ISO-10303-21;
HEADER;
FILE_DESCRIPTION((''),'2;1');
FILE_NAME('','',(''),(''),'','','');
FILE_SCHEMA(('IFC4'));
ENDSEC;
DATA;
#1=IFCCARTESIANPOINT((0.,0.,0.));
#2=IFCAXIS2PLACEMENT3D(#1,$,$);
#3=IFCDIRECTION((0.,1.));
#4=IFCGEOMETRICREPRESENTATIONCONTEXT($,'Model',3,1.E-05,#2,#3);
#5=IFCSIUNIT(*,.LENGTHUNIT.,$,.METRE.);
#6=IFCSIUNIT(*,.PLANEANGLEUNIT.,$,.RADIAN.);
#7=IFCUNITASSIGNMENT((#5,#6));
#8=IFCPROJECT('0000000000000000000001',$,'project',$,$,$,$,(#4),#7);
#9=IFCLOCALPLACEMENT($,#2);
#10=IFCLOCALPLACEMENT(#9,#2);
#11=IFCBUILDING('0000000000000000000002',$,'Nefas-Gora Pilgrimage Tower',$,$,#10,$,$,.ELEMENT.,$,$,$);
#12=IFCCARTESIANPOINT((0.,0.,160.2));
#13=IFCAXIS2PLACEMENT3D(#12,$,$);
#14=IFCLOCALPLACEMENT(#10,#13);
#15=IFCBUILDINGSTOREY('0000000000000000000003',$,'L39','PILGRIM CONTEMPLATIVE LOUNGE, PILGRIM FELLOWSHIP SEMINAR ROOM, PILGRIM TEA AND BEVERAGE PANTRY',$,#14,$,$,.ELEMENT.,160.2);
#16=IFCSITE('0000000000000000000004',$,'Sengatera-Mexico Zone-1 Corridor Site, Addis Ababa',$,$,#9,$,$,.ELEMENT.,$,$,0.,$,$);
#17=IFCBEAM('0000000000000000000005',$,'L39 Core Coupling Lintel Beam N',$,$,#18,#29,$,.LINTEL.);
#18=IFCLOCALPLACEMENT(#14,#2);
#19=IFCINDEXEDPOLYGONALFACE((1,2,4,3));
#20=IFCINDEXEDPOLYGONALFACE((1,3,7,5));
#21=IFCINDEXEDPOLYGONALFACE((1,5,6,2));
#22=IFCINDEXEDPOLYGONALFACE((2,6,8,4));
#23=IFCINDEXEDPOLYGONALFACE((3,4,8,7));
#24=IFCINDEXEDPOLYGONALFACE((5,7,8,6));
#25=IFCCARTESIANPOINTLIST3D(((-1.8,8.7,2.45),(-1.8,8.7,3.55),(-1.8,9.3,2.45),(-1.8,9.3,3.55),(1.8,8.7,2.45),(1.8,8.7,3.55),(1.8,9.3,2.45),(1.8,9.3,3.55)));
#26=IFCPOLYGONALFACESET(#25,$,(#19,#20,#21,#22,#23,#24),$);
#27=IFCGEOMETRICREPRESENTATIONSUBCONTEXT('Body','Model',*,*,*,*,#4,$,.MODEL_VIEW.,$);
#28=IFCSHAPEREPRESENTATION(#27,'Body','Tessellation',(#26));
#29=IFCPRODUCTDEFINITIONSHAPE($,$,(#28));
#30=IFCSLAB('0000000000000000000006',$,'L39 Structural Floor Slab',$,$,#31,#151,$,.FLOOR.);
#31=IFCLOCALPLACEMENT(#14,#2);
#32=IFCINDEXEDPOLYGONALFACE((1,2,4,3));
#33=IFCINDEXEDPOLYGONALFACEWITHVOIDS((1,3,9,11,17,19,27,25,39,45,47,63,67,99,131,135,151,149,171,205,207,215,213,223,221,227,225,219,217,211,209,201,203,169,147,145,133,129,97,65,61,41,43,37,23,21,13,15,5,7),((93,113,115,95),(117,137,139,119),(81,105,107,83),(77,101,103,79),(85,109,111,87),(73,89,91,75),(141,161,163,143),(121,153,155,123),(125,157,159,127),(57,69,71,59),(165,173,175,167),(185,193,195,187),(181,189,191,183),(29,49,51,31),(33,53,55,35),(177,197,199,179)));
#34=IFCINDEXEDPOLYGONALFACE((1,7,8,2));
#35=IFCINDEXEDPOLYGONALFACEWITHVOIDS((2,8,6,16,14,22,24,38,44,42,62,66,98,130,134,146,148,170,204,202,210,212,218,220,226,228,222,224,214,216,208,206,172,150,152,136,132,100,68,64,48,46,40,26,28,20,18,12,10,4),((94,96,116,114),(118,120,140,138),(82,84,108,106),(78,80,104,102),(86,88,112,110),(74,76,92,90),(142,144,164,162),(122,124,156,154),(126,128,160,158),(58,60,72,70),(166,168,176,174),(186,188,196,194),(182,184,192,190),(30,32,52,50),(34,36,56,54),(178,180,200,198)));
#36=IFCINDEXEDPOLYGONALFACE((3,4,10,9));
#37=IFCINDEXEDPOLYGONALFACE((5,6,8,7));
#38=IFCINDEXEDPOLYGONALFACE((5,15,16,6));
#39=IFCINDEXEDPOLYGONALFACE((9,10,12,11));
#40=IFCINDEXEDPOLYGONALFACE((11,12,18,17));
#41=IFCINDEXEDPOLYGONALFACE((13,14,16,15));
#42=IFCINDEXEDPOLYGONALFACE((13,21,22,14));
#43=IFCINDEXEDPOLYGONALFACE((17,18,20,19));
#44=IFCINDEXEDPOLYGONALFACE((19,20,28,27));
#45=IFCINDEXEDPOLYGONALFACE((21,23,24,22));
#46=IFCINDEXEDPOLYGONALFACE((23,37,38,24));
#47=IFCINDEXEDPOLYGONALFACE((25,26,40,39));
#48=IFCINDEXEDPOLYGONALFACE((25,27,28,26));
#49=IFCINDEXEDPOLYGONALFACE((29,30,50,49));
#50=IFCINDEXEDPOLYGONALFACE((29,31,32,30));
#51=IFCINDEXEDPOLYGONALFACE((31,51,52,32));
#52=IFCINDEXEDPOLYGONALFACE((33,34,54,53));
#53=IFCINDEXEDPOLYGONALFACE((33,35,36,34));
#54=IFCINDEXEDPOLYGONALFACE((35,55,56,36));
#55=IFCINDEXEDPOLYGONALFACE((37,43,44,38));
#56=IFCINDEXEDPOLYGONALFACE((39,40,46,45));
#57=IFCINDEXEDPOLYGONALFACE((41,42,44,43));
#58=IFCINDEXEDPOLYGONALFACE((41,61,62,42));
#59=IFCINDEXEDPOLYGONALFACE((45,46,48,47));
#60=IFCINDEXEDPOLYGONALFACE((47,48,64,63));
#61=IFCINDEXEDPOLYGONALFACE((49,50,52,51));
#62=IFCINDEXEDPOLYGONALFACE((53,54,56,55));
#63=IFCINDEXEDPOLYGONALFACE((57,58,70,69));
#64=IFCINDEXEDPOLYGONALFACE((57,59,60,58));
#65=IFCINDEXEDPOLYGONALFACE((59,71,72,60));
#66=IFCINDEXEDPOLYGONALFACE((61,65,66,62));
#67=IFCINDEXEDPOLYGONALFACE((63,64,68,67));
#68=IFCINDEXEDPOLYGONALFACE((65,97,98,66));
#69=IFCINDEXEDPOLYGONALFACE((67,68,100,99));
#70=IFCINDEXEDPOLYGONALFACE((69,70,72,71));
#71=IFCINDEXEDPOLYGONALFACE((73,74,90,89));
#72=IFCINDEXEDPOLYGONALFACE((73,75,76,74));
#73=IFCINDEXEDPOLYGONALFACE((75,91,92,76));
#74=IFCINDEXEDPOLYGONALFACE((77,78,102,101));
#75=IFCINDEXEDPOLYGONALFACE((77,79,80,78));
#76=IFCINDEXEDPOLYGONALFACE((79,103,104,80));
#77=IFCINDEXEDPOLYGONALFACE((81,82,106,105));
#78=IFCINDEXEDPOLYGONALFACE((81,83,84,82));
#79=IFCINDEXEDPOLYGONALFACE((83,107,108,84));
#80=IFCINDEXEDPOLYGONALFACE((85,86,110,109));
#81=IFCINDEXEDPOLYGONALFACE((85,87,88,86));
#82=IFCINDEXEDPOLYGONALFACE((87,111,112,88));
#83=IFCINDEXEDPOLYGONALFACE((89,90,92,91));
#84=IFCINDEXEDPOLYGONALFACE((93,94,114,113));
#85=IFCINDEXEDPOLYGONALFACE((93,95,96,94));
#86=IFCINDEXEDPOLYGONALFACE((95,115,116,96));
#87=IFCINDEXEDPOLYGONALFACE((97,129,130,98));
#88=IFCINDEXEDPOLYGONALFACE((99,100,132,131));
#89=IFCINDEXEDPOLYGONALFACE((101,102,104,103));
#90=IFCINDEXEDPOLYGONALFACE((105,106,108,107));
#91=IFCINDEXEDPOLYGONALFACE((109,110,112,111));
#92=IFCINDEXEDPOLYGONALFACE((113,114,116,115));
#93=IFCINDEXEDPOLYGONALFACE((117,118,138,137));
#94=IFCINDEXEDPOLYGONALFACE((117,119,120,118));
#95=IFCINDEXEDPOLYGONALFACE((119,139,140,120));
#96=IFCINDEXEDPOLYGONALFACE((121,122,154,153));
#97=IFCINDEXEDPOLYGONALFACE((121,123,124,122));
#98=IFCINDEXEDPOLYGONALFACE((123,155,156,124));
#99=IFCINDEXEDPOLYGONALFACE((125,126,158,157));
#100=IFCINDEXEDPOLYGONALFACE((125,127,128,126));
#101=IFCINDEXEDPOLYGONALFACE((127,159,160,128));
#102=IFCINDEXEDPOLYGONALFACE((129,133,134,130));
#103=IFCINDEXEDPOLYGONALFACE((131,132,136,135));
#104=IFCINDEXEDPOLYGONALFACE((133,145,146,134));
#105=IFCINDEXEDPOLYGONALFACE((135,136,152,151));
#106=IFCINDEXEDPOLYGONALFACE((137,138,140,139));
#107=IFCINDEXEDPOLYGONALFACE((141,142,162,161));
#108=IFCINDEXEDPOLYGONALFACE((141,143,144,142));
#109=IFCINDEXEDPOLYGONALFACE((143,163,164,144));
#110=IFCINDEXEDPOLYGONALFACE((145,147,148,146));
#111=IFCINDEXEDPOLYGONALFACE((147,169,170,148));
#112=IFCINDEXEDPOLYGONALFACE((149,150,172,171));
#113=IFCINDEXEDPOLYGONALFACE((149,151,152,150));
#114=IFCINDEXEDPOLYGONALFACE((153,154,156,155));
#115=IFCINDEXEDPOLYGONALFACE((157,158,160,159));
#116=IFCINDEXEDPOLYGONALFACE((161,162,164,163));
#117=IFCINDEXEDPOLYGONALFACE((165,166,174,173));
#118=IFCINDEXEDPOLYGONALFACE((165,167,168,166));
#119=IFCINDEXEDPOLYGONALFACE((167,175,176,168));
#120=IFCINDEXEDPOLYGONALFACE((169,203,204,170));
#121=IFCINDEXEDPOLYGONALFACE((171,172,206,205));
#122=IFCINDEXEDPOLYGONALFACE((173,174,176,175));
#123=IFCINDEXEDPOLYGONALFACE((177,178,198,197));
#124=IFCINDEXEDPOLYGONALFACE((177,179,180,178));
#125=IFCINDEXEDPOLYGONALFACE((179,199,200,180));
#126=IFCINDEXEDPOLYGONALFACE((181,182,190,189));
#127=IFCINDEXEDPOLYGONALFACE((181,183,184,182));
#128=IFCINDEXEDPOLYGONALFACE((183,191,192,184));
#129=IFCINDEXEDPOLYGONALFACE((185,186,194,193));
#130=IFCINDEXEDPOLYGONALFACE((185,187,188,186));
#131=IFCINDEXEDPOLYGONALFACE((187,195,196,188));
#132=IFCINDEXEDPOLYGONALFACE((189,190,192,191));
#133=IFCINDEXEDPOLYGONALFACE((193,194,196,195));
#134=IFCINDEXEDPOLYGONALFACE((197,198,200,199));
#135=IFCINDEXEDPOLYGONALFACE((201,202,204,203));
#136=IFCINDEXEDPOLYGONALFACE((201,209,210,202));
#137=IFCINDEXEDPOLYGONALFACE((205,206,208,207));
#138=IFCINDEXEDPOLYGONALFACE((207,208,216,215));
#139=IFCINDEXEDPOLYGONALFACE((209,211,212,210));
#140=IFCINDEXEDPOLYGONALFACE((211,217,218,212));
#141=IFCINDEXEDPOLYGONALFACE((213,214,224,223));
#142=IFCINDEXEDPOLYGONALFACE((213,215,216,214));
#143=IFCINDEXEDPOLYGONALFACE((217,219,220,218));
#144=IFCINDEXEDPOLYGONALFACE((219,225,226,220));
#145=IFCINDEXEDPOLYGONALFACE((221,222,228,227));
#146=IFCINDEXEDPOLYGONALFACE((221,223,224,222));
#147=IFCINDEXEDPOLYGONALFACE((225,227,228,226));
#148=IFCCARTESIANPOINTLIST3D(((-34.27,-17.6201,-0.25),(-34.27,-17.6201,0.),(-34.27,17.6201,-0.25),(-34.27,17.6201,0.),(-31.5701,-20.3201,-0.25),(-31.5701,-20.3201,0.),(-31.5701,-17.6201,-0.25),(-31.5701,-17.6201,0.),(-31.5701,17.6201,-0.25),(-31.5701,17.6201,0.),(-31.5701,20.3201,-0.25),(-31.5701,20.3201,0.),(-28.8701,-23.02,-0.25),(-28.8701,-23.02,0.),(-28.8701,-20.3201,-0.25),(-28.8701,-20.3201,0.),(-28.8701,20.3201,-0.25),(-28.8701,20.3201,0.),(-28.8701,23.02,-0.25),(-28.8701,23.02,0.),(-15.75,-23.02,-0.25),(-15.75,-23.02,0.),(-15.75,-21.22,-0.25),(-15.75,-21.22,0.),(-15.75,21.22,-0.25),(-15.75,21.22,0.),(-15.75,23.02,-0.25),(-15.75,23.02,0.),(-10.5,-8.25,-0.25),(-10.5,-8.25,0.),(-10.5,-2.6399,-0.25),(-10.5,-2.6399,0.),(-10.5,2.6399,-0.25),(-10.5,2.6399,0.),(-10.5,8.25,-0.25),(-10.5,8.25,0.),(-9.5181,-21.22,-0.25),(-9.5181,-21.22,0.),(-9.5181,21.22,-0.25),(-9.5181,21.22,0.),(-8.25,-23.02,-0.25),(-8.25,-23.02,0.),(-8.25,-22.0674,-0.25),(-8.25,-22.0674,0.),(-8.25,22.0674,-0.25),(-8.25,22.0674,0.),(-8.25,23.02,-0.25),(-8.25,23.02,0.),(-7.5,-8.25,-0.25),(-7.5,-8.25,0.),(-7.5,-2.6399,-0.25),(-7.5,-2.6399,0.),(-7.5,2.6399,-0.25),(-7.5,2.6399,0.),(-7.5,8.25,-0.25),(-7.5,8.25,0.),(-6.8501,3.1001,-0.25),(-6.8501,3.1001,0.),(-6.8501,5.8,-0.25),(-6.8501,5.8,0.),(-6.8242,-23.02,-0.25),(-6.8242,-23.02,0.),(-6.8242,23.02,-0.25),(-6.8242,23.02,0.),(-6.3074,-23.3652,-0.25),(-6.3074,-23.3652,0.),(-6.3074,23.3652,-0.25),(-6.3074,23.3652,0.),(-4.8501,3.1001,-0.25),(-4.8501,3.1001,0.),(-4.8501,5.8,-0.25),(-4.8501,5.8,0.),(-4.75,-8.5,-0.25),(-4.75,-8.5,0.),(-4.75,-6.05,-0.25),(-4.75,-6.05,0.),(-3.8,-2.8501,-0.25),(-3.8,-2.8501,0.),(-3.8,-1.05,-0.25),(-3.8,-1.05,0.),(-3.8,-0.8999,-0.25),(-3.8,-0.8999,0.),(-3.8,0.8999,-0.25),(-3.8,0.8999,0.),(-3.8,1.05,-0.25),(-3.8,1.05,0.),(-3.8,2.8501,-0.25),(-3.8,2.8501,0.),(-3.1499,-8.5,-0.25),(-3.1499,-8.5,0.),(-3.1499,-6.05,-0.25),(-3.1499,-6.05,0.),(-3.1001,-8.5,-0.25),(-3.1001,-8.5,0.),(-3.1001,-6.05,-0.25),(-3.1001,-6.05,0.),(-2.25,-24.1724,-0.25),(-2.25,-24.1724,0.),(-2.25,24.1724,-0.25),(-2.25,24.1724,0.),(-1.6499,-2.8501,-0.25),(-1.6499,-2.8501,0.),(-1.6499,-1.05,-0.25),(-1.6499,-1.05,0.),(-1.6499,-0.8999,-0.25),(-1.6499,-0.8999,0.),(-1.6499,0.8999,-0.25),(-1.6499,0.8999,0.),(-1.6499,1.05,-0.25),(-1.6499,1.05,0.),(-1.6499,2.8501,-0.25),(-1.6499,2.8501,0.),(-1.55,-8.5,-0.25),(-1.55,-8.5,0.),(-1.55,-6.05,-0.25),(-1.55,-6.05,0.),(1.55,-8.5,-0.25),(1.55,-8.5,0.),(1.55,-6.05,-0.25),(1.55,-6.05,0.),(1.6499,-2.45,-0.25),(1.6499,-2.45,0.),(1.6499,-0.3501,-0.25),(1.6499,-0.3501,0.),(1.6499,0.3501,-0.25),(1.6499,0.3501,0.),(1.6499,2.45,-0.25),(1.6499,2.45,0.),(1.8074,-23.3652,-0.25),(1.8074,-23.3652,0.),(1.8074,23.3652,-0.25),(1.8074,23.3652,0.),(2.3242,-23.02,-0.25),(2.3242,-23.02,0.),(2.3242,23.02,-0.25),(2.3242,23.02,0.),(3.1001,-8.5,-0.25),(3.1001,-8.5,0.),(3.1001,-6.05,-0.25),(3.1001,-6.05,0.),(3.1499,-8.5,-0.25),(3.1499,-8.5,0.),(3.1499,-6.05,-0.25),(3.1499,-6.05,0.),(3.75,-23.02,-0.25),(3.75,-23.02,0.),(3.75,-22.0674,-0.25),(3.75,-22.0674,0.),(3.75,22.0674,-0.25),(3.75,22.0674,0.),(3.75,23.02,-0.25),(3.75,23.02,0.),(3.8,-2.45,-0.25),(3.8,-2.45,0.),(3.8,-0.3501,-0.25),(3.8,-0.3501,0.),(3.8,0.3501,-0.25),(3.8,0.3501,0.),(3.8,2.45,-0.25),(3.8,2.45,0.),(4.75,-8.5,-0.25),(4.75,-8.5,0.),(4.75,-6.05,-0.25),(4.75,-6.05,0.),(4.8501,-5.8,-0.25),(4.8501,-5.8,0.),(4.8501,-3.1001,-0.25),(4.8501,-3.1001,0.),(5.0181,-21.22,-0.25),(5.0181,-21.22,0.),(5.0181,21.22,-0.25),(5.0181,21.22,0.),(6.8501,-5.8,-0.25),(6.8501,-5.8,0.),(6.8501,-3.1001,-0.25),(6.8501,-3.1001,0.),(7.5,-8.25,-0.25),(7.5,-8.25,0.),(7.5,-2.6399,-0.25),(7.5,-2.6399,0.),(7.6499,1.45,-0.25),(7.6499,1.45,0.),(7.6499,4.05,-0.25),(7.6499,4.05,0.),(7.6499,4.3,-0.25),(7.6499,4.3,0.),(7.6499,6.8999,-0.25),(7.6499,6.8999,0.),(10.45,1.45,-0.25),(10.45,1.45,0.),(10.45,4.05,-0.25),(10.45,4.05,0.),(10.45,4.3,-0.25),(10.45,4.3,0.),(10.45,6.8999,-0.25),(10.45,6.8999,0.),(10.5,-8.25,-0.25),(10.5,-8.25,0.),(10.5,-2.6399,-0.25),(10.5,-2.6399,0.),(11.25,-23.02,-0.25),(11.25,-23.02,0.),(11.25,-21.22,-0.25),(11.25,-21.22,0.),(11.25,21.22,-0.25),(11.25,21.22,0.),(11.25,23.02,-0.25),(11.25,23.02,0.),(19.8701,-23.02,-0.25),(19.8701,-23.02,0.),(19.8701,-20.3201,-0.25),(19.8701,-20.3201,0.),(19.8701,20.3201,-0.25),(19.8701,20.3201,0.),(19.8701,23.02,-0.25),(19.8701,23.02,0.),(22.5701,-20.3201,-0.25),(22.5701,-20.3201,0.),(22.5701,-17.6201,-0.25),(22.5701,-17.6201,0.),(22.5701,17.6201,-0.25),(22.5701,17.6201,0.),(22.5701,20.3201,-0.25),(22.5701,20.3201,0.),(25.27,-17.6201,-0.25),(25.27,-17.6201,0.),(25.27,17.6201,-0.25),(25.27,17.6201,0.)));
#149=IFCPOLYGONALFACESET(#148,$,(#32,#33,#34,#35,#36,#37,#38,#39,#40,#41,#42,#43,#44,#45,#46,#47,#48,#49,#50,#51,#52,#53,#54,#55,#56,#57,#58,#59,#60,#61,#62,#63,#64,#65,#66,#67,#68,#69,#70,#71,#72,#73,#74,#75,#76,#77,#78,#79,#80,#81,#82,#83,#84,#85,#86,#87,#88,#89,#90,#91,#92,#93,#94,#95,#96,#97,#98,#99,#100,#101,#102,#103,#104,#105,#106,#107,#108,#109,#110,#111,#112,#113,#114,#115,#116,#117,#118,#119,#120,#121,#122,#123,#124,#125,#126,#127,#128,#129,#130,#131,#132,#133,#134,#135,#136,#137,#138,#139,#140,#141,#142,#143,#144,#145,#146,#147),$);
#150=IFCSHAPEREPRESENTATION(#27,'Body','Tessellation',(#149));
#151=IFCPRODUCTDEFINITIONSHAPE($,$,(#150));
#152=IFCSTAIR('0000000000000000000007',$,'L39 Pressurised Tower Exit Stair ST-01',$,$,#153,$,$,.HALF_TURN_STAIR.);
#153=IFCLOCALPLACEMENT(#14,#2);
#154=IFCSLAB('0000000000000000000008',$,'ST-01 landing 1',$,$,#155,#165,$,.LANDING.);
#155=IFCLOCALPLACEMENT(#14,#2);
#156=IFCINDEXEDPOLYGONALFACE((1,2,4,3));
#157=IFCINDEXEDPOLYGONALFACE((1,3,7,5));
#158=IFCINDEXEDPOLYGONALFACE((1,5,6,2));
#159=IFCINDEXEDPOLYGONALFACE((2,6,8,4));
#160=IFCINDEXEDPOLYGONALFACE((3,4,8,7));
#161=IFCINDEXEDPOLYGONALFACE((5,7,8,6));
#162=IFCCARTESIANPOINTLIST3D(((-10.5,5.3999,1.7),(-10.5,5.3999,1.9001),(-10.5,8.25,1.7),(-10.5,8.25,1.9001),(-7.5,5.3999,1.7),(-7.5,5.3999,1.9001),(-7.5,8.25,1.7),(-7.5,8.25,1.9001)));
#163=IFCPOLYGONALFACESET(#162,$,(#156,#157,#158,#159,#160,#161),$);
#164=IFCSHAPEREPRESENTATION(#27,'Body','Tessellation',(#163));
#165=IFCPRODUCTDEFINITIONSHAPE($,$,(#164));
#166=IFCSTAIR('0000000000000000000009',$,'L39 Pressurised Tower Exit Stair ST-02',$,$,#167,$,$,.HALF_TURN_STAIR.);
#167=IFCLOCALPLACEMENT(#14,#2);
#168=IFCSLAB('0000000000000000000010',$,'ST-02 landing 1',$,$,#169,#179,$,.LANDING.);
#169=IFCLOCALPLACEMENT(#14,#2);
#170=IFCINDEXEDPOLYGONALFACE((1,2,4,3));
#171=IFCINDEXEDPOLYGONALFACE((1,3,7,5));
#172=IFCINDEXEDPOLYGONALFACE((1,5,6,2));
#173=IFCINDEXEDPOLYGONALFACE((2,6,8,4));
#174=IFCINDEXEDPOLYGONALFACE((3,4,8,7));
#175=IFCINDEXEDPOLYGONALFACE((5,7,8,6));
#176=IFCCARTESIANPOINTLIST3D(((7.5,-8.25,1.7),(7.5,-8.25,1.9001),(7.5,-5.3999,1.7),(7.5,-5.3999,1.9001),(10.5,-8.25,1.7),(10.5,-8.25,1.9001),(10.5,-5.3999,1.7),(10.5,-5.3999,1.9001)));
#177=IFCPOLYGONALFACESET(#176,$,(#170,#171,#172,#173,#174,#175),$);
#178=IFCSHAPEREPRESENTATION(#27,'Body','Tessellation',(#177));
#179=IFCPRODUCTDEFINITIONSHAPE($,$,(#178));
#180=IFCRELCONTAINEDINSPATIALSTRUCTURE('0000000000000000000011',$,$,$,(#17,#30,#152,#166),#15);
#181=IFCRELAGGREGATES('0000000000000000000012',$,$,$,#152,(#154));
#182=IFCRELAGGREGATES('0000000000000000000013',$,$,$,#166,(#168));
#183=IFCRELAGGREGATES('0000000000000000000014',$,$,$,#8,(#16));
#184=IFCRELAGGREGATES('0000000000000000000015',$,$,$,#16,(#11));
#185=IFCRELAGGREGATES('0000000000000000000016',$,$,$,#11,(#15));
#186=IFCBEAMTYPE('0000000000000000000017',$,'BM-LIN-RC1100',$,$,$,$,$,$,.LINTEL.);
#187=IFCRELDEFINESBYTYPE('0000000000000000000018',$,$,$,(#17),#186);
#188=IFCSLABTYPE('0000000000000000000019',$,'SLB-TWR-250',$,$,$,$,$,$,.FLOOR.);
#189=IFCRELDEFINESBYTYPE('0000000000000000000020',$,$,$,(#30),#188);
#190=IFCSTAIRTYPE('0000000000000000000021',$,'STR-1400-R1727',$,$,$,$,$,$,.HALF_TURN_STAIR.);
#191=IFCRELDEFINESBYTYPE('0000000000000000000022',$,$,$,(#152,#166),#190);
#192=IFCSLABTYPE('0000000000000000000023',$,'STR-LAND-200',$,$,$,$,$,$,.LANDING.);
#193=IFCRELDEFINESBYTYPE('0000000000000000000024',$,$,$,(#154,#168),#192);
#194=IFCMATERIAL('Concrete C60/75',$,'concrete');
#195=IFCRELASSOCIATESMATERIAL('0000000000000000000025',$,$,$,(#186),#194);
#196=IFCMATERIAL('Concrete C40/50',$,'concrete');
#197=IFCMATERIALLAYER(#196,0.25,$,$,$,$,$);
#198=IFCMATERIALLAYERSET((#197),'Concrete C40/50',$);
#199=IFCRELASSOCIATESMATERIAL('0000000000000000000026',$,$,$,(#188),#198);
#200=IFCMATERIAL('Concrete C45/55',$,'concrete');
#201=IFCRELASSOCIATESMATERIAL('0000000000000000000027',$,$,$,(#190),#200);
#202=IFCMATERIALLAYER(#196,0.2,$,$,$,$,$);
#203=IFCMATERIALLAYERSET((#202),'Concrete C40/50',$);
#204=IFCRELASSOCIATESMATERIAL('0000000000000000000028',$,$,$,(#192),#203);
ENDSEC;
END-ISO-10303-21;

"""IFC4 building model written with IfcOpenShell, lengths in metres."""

from ifc_helpers import new_model, si_unit, direction, frame, origin, origin_2d, place, context, subcontext, project, spatial, polyline, rectangle, outline, extrude, source, transform, mapped, material, layer, layer_set, material_profile, profile_set, type_object, element, aggregate, save


model = new_model("IFC4")

# Units and contexts
model_context = context("Model", 3, precision=1e-05, world=origin(), true_north=direction((0.0, 1.0)))
body_context = subcontext(model_context, "Body", "Model", "MODEL_VIEW")
ifc_project = project(units=[si_unit("LENGTHUNIT", "METRE"), si_unit("PLANEANGLEUNIT", "RADIAN")], contexts=[model_context])

# Site, building, storey
site_placement = place(None, origin())
site = spatial("IfcSite", under=ifc_project, at=site_placement, Name="Sengatera-Mexico Zone-1 Corridor Site, Addis Ababa", CompositionType="ELEMENT", RefElevation=0.0)
building_placement = place(site_placement, origin())
building = spatial("IfcBuilding", under=site, at=building_placement, Name="Nefas-Gora Pilgrimage Tower", CompositionType="ELEMENT")
storey_placement = place(building_placement, frame((0.0, 0.0, 160.2)))
storey = spatial("IfcBuildingStorey", under=building, at=storey_placement, Name="L39", Description="PILGRIM CONTEMPLATIVE LOUNGE, PILGRIM FELLOWSHIP SEMINAR ROOM, PILGRIM TEA AND BEVERAGE PANTRY", CompositionType="ELEMENT", Elevation=160.2)

# Beam
ifc_material_1 = material(Name="Concrete C60/75", Category="concrete")
ifc_material_profile = material_profile(ifc_material_1, rectangle(XDim=0.6001, YDim=1.1001, at=origin_2d()), Name="RC 600x1100")
ifc_profile_set = profile_set([ifc_material_profile], Name="Concrete C60/75")
beam_type = type_object("IfcBeamType", Name="BM-LIN-RC1100", PredefinedType="LINTEL", material=ifc_profile_set)
shared_shape_1 = source(origin(), body_context, "Body", "SweptSolid", [
    extrude(rectangle(XDim=0.6001, YDim=1.1001, at=origin_2d()), origin(), (0.0, 0.0, 1.0), 3.6001),
])
beam_placement = place(storey_placement, frame((-1.8, 9.0, 3.0), z_axis=(1.0, 0.0, 0.0), x_axis=(0.0, 1.0, 0.0)))
element("IfcBeam", 1, at=beam_placement, inside=storey, type_object=beam_type, Name="L39 Core Coupling Lintel Beam N", PredefinedType="LINTEL", context=body_context, shape_type="MappedRepresentation", body=[
    mapped(shared_shape_1, transform((0.0, 0.0, 0.0), x_axis=(1.0, 0.0, 0.0), y_axis=(0.0, 1.0, 0.0), z_axis=(0.0, 0.0, 1.0), scale=1.0)),
])

# Slab
ifc_material_2 = material(Name="Concrete C40/50", Category="concrete")
ifc_layer_1 = layer(ifc_material_2, 0.25)
ifc_layer_set_1 = layer_set([ifc_layer_1], Name="Concrete C40/50")
slab_type_1 = type_object("IfcSlabType", Name="SLB-TWR-250", PredefinedType="FLOOR", material=ifc_layer_set_1)
slab_1_placement = place(storey_placement, frame((0.0, 0.0, -0.25)))
element("IfcSlab", 2, at=slab_1_placement, inside=storey, type_object=slab_type_1, Name="L39 Structural Floor Slab", PredefinedType="FLOOR", context=body_context, shape_type="SweptSolid", body=[
    extrude(outline(polyline([(5.0181, -21.22), (11.25, -21.22), (11.25, -23.02), (19.8701, -23.02), (19.8701, -20.3201), (22.5701, -20.3201), (22.5701, -17.6201), (25.27, -17.6201), (25.27, 17.6201), (22.5701, 17.6201), (22.5701, 20.3201), (19.8701, 20.3201), (19.8701, 23.02), (11.25, 23.02), (11.25, 21.22), (5.0181, 21.22), (3.75, 22.0674), (3.75, 23.02), (2.3242, 23.02), (1.8074, 23.3652), (-2.25, 24.1724), (-6.3074, 23.3652), (-6.8242, 23.02), (-8.25, 23.02), (-8.25, 22.0674), (-9.5181, 21.22), (-15.75, 21.22), (-15.75, 23.02), (-28.8701, 23.02), (-28.8701, 20.3201), (-31.5701, 20.3201), (-31.5701, 17.6201), (-34.27, 17.6201), (-34.27, -17.6201), (-31.5701, -17.6201), (-31.5701, -20.3201), (-28.8701, -20.3201), (-28.8701, -23.02), (-15.75, -23.02), (-15.75, -21.22), (-9.5181, -21.22), (-8.25, -22.0674), (-8.25, -23.02), (-6.8242, -23.02), (-6.3074, -23.3652), (-2.25, -24.1724), (1.8074, -23.3652), (2.3242, -23.02), (3.75, -23.02), (3.75, -22.0674), (5.0181, -21.22)]), holes=[polyline([(-10.5, 2.6399), (-10.5, 8.25), (-7.5, 8.25), (-7.5, 2.6399), (-10.5, 2.6399)]), polyline([(10.5, -2.6399), (10.5, -8.25), (7.5, -8.25), (7.5, -2.6399), (10.5, -2.6399)]), polyline([(-7.5, -2.6399), (-7.5, -8.25), (-10.5, -8.25), (-10.5, -2.6399), (-7.5, -2.6399)]), polyline([(-6.8501, 5.8), (-4.8501, 5.8), (-4.8501, 3.1001), (-6.8501, 3.1001), (-6.8501, 5.8)]), polyline([(4.8501, -3.1001), (6.8501, -3.1001), (6.8501, -5.8), (4.8501, -5.8), (4.8501, -3.1001)]), polyline([(7.6499, 4.05), (10.45, 4.05), (10.45, 1.45), (7.6499, 1.45), (7.6499, 4.05)]), polyline([(7.6499, 6.8999), (10.45, 6.8999), (10.45, 4.3), (7.6499, 4.3), (7.6499, 6.8999)]), polyline([(-4.75, -6.05), (-3.1499, -6.05), (-3.1499, -8.5), (-4.75, -8.5), (-4.75, -6.05)]), polyline([(-3.1001, -6.05), (-1.55, -6.05), (-1.55, -8.5), (-3.1001, -8.5), (-3.1001, -6.05)]), polyline([(1.55, -6.05), (3.1001, -6.05), (3.1001, -8.5), (1.55, -8.5), (1.55, -6.05)]), polyline([(3.1499, -6.05), (4.75, -6.05), (4.75, -8.5), (3.1499, -8.5), (3.1499, -6.05)]), polyline([(-3.8, -1.05), (-1.6499, -1.05), (-1.6499, -2.8501), (-3.8, -2.8501), (-3.8, -1.05)]), polyline([(-3.8, 0.8999), (-1.6499, 0.8999), (-1.6499, -0.8999), (-3.8, -0.8999), (-3.8, 0.8999)]), polyline([(-3.8, 2.8501), (-1.6499, 2.8501), (-1.6499, 1.05), (-3.8, 1.05), (-3.8, 2.8501)]), polyline([(1.6499, -0.3501), (3.8, -0.3501), (3.8, -2.45), (1.6499, -2.45), (1.6499, -0.3501)]), polyline([(1.6499, 2.45), (3.8, 2.45), (3.8, 0.3501), (1.6499, 0.3501), (1.6499, 2.45)])]), origin(), (0.0, 0.0, 1.0), 0.25),
])

# Stairs, slabs
ifc_material_3 = material(Name="Concrete C45/55", Category="concrete")
stair_type = type_object("IfcStairType", Name="STR-1400-R1727", PredefinedType="HALF_TURN_STAIR", material=ifc_material_3)
stair_1_placement = place(storey_placement, origin())
stair_1 = element("IfcStair", 3, at=stair_1_placement, inside=storey, type_object=stair_type, Name="L39 Pressurised Tower Exit Stair ST-01", PredefinedType="HALF_TURN_STAIR")
ifc_layer_2 = layer(ifc_material_2, 0.2)
ifc_layer_set_2 = layer_set([ifc_layer_2], Name="Concrete C40/50")
slab_type_2 = type_object("IfcSlabType", Name="STR-LAND-200", PredefinedType="LANDING", material=ifc_layer_set_2)
slab_2_placement = place(storey_placement, frame((0.0, 0.0, 1.7)))
slab_2 = element("IfcSlab", 4, at=slab_2_placement, type_object=slab_type_2, Name="ST-01 landing 1", PredefinedType="LANDING", context=body_context, shape_type="SweptSolid", body=[
    extrude(outline(polyline([(-7.5, 5.3999), (-7.5, 8.25), (-10.5, 8.25), (-10.5, 5.3999), (-7.5, 5.3999)])), origin(), (0.0, 0.0, 1.0), 0.2002),
])
aggregate(stair_1, [slab_2])
stair_2_placement = place(storey_placement, origin())
stair_2 = element("IfcStair", 5, at=stair_2_placement, inside=storey, type_object=stair_type, Name="L39 Pressurised Tower Exit Stair ST-02", PredefinedType="HALF_TURN_STAIR")
slab_3_placement = place(storey_placement, frame((0.0, 0.0, 1.7)))
slab_3 = element("IfcSlab", 6, at=slab_3_placement, type_object=slab_type_2, Name="ST-02 landing 1", PredefinedType="LANDING", context=body_context, shape_type="SweptSolid", body=[
    extrude(outline(polyline([(7.5, -5.3999), (7.5, -8.25), (10.5, -8.25), (10.5, -5.3999), (7.5, -5.3999)])), origin(), (0.0, 0.0, 1.0), 0.2002),
])
aggregate(stair_2, [slab_3])

save(model, "model.ifc")
